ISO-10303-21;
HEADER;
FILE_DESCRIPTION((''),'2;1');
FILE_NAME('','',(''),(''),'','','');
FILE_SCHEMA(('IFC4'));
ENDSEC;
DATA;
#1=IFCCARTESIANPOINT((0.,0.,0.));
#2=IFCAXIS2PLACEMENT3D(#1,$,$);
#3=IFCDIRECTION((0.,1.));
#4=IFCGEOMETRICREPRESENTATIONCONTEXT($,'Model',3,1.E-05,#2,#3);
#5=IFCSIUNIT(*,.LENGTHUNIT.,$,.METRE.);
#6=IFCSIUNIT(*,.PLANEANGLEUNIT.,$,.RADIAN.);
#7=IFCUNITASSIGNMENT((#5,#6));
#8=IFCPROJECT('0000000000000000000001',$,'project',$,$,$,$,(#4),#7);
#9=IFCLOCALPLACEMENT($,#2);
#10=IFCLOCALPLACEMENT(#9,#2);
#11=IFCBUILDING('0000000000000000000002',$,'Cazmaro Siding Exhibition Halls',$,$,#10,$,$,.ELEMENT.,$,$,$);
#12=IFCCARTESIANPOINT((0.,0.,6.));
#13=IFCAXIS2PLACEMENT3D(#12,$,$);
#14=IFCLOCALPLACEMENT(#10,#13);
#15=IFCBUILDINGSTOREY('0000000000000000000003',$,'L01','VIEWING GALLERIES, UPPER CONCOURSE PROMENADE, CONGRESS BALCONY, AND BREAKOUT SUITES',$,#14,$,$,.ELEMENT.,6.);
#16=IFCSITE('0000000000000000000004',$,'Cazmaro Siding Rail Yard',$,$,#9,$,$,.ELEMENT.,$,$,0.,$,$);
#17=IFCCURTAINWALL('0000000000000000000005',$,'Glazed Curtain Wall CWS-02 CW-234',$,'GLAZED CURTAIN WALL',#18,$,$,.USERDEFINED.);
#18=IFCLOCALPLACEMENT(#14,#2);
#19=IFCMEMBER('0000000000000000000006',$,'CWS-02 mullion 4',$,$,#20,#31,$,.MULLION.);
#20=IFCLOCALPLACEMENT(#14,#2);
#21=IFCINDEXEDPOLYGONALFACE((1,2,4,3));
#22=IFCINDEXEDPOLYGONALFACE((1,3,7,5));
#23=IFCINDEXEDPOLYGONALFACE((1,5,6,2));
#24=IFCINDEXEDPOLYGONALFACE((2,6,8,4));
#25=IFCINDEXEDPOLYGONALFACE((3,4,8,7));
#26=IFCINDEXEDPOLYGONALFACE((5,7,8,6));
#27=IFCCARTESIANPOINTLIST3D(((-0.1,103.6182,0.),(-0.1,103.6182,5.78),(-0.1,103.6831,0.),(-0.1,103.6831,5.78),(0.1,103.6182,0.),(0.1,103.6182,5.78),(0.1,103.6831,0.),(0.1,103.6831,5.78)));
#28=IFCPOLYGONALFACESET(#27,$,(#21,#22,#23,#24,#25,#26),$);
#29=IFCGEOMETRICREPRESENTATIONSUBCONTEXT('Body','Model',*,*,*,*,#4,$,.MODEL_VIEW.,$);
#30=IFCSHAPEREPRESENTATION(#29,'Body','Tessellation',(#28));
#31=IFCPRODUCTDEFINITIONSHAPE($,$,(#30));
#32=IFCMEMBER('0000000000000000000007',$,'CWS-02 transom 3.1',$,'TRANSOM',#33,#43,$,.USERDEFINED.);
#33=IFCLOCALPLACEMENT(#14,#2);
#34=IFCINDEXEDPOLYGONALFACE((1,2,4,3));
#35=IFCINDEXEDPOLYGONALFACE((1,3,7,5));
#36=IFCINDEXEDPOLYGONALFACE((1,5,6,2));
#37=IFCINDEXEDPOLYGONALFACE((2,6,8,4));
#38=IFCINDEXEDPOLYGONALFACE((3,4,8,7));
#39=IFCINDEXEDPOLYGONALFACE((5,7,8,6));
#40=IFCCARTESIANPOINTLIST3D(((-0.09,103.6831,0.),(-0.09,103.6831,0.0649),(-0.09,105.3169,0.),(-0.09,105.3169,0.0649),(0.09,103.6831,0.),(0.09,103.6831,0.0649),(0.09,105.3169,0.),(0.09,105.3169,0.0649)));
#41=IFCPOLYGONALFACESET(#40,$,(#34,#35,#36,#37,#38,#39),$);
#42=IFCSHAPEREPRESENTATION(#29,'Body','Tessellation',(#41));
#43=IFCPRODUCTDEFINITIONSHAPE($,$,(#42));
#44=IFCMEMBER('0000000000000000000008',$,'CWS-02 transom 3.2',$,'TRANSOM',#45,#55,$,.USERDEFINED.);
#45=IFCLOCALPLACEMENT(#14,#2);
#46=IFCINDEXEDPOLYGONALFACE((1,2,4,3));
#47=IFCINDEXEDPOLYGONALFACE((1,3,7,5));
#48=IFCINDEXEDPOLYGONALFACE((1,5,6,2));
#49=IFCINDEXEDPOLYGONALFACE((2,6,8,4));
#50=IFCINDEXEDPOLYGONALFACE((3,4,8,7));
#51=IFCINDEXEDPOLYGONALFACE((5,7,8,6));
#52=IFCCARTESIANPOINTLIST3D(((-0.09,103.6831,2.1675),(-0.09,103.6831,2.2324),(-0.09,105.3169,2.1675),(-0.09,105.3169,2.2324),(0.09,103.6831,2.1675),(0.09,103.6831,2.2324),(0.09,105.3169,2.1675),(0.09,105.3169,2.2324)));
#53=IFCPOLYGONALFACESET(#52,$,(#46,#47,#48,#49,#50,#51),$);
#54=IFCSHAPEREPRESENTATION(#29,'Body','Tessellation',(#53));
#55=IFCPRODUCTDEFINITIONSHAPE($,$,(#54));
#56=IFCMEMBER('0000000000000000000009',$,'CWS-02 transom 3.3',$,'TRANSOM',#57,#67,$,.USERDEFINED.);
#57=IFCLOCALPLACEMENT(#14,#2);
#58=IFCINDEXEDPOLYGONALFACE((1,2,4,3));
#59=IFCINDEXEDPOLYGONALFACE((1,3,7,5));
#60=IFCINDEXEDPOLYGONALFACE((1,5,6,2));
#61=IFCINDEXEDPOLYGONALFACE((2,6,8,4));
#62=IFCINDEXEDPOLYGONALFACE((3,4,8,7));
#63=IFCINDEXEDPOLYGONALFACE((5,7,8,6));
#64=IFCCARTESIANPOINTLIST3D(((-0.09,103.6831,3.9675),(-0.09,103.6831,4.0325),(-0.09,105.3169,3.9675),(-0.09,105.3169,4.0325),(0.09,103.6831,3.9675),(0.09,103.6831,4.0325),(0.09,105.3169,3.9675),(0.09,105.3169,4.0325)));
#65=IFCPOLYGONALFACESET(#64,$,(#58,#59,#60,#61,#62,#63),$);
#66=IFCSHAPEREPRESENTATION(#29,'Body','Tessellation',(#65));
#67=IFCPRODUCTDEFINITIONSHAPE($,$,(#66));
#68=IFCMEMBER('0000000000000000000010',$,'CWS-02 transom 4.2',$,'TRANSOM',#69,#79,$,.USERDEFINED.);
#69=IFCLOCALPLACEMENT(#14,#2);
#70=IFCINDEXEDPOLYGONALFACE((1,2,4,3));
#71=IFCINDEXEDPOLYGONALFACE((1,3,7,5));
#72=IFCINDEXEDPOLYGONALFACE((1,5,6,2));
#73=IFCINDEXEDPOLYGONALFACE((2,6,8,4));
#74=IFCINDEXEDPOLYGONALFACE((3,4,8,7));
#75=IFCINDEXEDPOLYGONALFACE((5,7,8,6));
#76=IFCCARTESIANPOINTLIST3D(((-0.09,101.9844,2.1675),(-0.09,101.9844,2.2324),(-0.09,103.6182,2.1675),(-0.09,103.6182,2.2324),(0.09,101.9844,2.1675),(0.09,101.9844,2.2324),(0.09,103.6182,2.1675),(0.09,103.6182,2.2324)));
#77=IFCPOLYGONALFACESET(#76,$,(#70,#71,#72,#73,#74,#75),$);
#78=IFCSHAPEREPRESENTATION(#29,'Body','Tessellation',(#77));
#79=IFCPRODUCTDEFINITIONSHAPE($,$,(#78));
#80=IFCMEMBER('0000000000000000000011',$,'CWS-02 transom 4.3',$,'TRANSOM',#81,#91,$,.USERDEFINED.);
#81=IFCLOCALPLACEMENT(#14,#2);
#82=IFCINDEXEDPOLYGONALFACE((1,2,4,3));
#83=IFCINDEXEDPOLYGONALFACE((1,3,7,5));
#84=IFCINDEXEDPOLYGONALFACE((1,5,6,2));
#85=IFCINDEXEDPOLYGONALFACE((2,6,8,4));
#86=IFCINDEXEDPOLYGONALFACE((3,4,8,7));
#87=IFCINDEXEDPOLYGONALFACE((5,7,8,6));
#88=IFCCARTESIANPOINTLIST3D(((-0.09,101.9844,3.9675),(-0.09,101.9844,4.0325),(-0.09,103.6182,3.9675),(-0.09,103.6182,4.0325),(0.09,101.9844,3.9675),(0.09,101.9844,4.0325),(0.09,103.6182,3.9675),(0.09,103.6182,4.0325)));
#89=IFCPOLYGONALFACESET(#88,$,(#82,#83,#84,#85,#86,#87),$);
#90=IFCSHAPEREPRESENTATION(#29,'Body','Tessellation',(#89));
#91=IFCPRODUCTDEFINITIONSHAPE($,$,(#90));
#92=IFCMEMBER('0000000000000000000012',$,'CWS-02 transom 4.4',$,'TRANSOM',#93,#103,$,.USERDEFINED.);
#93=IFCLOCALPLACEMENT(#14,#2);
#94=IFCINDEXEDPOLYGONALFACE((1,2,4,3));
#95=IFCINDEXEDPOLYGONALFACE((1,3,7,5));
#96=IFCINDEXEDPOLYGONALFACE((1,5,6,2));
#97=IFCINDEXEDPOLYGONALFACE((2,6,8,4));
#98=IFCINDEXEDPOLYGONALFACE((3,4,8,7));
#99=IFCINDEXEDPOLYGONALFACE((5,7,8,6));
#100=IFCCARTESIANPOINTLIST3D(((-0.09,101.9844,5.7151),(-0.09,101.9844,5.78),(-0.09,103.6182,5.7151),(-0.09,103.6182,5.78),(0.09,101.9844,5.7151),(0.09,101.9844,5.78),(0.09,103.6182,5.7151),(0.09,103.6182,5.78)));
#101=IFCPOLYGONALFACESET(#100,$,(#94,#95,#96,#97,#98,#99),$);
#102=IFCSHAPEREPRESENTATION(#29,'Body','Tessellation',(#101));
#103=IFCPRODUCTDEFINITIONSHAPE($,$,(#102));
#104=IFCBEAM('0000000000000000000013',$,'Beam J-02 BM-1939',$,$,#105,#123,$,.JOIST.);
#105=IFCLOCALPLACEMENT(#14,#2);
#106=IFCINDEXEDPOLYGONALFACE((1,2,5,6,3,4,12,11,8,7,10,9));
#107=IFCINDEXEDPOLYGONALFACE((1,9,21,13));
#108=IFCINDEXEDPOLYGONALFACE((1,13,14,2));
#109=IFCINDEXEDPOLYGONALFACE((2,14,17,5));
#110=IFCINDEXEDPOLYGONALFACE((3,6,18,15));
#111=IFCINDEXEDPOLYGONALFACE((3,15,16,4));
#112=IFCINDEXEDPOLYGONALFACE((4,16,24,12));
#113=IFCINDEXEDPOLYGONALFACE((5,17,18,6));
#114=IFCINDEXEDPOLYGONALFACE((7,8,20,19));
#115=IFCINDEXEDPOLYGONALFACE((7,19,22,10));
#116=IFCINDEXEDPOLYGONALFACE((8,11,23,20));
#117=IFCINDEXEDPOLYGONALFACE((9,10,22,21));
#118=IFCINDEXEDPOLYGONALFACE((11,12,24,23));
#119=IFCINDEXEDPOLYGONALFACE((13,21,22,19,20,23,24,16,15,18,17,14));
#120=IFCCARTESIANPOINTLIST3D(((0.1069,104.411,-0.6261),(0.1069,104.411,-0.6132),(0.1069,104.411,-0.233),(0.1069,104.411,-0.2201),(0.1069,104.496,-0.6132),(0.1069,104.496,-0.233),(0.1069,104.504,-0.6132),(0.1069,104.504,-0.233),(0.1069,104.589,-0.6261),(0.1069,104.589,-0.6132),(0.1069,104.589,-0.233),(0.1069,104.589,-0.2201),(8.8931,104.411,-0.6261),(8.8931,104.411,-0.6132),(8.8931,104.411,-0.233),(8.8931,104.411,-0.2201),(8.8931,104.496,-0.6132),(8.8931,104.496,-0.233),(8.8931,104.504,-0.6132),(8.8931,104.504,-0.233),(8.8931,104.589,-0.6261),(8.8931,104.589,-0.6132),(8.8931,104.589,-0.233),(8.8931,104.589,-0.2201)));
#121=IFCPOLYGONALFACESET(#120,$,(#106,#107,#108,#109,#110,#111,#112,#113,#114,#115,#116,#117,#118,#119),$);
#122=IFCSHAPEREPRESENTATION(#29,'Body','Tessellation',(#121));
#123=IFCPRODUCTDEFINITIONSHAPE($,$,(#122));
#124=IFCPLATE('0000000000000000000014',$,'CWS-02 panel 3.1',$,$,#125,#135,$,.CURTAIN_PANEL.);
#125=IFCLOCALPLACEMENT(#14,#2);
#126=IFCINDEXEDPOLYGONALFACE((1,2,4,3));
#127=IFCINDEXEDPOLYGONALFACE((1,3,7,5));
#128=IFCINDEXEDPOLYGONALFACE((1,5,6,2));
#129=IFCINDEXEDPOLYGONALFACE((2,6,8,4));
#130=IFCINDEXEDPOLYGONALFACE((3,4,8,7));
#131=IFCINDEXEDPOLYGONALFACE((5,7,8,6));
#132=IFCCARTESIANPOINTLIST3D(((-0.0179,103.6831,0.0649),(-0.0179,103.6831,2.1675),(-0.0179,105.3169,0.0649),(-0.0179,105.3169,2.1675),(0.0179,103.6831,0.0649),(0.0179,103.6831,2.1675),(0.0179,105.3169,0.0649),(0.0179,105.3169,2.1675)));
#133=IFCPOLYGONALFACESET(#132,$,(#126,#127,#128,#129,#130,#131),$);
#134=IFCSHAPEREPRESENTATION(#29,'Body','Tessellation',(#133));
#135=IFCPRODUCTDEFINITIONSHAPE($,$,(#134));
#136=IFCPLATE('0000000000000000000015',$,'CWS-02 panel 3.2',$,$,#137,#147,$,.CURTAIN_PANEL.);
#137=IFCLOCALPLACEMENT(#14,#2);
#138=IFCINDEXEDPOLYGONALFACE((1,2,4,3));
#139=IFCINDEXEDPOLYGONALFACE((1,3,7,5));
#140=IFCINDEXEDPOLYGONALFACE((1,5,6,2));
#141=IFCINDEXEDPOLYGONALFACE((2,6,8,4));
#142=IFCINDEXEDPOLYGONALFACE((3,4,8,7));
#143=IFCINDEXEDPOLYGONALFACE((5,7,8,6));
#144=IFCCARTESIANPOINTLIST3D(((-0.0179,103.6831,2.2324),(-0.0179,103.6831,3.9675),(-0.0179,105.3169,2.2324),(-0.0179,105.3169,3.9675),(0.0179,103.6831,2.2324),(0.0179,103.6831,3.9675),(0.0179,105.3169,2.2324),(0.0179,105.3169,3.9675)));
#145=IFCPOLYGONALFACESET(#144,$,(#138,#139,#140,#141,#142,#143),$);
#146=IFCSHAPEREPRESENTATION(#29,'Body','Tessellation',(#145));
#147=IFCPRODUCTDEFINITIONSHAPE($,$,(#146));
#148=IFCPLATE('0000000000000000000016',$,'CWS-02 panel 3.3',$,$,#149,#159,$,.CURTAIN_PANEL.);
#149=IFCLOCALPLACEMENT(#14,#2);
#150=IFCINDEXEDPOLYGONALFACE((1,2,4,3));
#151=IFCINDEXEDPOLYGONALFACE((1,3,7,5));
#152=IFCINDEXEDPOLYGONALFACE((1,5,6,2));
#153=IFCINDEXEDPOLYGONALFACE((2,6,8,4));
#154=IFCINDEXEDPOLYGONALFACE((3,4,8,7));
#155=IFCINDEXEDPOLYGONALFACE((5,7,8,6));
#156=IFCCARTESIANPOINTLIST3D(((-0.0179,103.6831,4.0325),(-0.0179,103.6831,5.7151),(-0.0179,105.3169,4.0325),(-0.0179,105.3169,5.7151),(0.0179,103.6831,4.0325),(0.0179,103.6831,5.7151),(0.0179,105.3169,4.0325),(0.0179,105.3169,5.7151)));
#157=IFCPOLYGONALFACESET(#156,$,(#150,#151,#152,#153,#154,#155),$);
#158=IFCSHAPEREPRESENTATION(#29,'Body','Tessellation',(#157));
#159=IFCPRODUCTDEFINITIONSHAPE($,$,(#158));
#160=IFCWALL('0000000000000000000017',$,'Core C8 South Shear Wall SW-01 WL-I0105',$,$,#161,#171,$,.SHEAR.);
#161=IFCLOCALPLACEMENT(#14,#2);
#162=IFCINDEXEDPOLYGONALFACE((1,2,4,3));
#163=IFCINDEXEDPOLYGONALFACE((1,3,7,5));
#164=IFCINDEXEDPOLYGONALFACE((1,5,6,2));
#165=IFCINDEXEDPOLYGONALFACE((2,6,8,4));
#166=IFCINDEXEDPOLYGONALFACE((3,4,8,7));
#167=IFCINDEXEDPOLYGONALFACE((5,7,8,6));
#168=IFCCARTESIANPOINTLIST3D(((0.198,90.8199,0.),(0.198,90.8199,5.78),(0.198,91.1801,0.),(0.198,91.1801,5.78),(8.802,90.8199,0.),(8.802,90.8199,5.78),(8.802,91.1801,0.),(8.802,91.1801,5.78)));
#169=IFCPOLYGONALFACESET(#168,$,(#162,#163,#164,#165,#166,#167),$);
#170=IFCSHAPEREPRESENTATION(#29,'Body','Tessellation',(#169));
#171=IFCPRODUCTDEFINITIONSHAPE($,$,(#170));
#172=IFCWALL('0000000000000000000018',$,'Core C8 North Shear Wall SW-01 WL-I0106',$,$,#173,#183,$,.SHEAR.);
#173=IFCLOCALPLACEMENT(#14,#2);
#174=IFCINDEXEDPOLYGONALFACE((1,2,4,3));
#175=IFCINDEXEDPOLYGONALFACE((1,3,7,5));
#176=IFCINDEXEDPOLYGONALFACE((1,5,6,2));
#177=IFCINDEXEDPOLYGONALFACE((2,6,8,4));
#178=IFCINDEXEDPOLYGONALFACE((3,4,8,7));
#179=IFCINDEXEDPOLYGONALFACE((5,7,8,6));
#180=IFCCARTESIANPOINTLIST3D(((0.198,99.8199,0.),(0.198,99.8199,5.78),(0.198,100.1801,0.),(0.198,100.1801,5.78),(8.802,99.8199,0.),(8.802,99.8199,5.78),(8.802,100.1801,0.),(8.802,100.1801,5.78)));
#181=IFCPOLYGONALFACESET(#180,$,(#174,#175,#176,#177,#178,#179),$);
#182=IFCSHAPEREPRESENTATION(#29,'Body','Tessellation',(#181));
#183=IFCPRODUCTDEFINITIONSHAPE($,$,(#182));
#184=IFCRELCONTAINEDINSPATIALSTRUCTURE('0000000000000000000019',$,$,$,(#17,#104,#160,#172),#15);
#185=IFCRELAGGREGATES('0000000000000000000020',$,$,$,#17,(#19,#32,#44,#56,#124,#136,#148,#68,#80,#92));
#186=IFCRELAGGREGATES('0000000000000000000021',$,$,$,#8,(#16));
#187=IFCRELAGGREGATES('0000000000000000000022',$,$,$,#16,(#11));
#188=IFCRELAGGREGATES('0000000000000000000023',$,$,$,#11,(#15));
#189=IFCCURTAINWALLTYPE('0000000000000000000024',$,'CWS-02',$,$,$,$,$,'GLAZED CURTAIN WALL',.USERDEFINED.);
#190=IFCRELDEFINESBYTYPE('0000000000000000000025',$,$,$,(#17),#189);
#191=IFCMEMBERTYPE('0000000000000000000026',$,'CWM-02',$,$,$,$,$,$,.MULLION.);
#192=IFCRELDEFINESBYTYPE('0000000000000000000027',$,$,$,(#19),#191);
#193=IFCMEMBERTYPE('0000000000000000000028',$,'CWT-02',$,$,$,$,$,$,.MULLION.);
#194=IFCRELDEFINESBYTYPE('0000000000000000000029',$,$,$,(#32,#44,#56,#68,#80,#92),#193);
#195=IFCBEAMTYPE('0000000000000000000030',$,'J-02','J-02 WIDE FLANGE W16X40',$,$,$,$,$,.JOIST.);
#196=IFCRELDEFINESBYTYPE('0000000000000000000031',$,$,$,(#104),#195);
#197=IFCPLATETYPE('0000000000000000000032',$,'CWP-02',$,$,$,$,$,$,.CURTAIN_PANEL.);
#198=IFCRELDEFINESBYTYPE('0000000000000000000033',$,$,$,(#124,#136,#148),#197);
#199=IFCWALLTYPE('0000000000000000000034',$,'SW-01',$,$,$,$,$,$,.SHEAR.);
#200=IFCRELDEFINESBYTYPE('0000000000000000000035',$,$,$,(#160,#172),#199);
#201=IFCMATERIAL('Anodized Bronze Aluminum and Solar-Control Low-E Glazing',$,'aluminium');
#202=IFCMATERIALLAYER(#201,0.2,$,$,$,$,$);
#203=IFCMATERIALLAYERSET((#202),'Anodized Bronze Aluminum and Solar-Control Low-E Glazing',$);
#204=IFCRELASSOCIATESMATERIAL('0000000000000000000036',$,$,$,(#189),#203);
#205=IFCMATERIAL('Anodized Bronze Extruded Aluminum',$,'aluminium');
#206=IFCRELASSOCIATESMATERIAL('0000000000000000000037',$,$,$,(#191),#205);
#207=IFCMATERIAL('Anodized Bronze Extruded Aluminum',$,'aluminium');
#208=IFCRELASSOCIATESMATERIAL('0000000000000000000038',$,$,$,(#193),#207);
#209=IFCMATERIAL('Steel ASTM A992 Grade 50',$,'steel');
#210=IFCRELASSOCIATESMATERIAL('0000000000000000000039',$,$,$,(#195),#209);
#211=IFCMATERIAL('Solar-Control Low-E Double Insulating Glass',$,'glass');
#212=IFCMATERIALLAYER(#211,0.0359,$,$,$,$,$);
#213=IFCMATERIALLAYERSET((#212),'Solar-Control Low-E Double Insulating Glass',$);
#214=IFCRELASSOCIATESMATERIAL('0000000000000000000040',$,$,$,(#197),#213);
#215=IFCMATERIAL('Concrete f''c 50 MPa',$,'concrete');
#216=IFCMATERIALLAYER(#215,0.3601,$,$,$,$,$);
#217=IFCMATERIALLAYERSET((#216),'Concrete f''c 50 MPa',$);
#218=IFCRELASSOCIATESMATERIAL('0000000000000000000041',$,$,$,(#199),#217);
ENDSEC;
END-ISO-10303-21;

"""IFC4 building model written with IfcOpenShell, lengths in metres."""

from ifc_helpers import new_model, si_unit, direction, frame, frame_2d, origin, origin_2d, place, context, subcontext, project, spatial, rectangle, i_section, extrude, material, layer, layer_set, material_profile, profile_set, type_object, element, aggregate, save


model = new_model("IFC4")

# Units and contexts
model_context = context("Model", 3, precision=1e-05, world=origin(), true_north=direction((0.0, 1.0)))
body_context = subcontext(model_context, "Body", "Model", "MODEL_VIEW")
ifc_project = project(units=[si_unit("LENGTHUNIT", "METRE"), si_unit("PLANEANGLEUNIT", "RADIAN")], contexts=[model_context])

# Site, building, storey
site_placement = place(None, origin())
site = spatial("IfcSite", under=ifc_project, at=site_placement, Name="Cazmaro Siding Rail Yard", CompositionType="ELEMENT", RefElevation=0.0)
building_placement = place(site_placement, origin())
building = spatial("IfcBuilding", under=site, at=building_placement, Name="Cazmaro Siding Exhibition Halls", CompositionType="ELEMENT")
storey_placement = place(building_placement, frame((0.0, 0.0, 6.0)))
storey = spatial("IfcBuildingStorey", under=building, at=storey_placement, Name="L01", Description="VIEWING GALLERIES, UPPER CONCOURSE PROMENADE, CONGRESS BALCONY, AND BREAKOUT SUITES", CompositionType="ELEMENT", Elevation=6.0)

# Curtain wall, members
ifc_material_1 = material(Name="Anodized Bronze Aluminum and Solar-Control Low-E Glazing", Category="aluminium")
ifc_layer_1 = layer(ifc_material_1, 0.2)
ifc_layer_set_1 = layer_set([ifc_layer_1], Name="Anodized Bronze Aluminum and Solar-Control Low-E Glazing")
curtain_wall_type = type_object("IfcCurtainWallType", Name="CWS-02", ElementType="GLAZED CURTAIN WALL", PredefinedType="USERDEFINED", material=ifc_layer_set_1)
curtain_wall_placement = place(storey_placement, origin())
curtain_wall = element("IfcCurtainWall", 1, at=curtain_wall_placement, inside=storey, type_object=curtain_wall_type, Name="Glazed Curtain Wall CWS-02 CW-234", ObjectType="GLAZED CURTAIN WALL", PredefinedType="USERDEFINED")
ifc_material_2 = material(Name="Anodized Bronze Extruded Aluminum", Category="aluminium")
ifc_material_profile_1 = material_profile(ifc_material_2, rectangle(XDim=0.2, YDim=0.0649, at=origin_2d()), Name="CWM-02")
ifc_profile_set_1 = profile_set([ifc_material_profile_1], Name="Anodized Bronze Extruded Aluminum")
member_type_1 = type_object("IfcMemberType", Name="CWM-02", PredefinedType="MULLION", material=ifc_profile_set_1)
member_1_placement = place(storey_placement, frame((0.0, 103.6506, 0.0), z_axis=(0.0, 0.0, 1.0), x_axis=(1.0, 0.0, 0.0)))
member_1 = element("IfcMember", 2, at=member_1_placement, type_object=member_type_1, Name="CWS-02 mullion 4", PredefinedType="MULLION", context=body_context, shape_type="SweptSolid", body=[
    extrude(rectangle(XDim=0.2, YDim=0.0649, at=origin_2d()), origin(), (0.0, 0.0, 1.0), 5.78),
])
ifc_material_3 = material(Name="Anodized Bronze Extruded Aluminum", Category="aluminium")
ifc_material_profile_2 = material_profile(ifc_material_3, rectangle(XDim=0.1799, YDim=0.0649, at=origin_2d()), Name="CWT-02")
ifc_profile_set_2 = profile_set([ifc_material_profile_2], Name="Anodized Bronze Extruded Aluminum")
member_type_2 = type_object("IfcMemberType", Name="CWT-02", PredefinedType="MULLION", material=ifc_profile_set_2)
member_2_placement = place(storey_placement, frame((0.0, 105.3169, 0.0325), z_axis=(0.0, -1.0, 0.0), x_axis=(1.0, 0.0, 0.0)))
member_2 = element("IfcMember", 3, at=member_2_placement, type_object=member_type_2, Name="CWS-02 transom 3.1", ObjectType="TRANSOM", PredefinedType="USERDEFINED", context=body_context, shape_type="SweptSolid", body=[
    extrude(rectangle(XDim=0.1799, YDim=0.0649, at=origin_2d()), origin(), (0.0, 0.0, 1.0), 1.6338),
])
member_3_placement = place(storey_placement, frame((0.0, 105.3169, 2.2), z_axis=(0.0, -1.0, 0.0), x_axis=(1.0, 0.0, 0.0)))
member_3 = element("IfcMember", 4, at=member_3_placement, type_object=member_type_2, Name="CWS-02 transom 3.2", ObjectType="TRANSOM", PredefinedType="USERDEFINED", context=body_context, shape_type="SweptSolid", body=[
    extrude(rectangle(XDim=0.1799, YDim=0.0649, at=origin_2d()), origin(), (0.0, 0.0, 1.0), 1.6338),
])
member_4_placement = place(storey_placement, frame((0.0, 105.3169, 4.0), z_axis=(0.0, -1.0, 0.0), x_axis=(1.0, 0.0, 0.0)))
member_4 = element("IfcMember", 5, at=member_4_placement, type_object=member_type_2, Name="CWS-02 transom 3.3", ObjectType="TRANSOM", PredefinedType="USERDEFINED", context=body_context, shape_type="SweptSolid", body=[
    extrude(rectangle(XDim=0.1799, YDim=0.0649, at=origin_2d()), origin(), (0.0, 0.0, 1.0), 1.6338),
])
member_5_placement = place(storey_placement, frame((0.0, 103.6182, 2.2), z_axis=(0.0, -1.0, 0.0), x_axis=(1.0, 0.0, 0.0)))
member_5 = element("IfcMember", 6, at=member_5_placement, type_object=member_type_2, Name="CWS-02 transom 4.2", ObjectType="TRANSOM", PredefinedType="USERDEFINED", context=body_context, shape_type="SweptSolid", body=[
    extrude(rectangle(XDim=0.1799, YDim=0.0649, at=origin_2d()), origin(), (0.0, 0.0, 1.0), 1.6338),
])
member_6_placement = place(storey_placement, frame((0.0, 103.6182, 4.0), z_axis=(0.0, -1.0, 0.0), x_axis=(1.0, 0.0, 0.0)))
member_6 = element("IfcMember", 7, at=member_6_placement, type_object=member_type_2, Name="CWS-02 transom 4.3", ObjectType="TRANSOM", PredefinedType="USERDEFINED", context=body_context, shape_type="SweptSolid", body=[
    extrude(rectangle(XDim=0.1799, YDim=0.0649, at=origin_2d()), origin(), (0.0, 0.0, 1.0), 1.6338),
])
member_7_placement = place(storey_placement, frame((0.0, 103.6182, 5.7476), z_axis=(0.0, -1.0, 0.0), x_axis=(1.0, 0.0, 0.0)))
member_7 = element("IfcMember", 8, at=member_7_placement, type_object=member_type_2, Name="CWS-02 transom 4.4", ObjectType="TRANSOM", PredefinedType="USERDEFINED", context=body_context, shape_type="SweptSolid", body=[
    extrude(rectangle(XDim=0.1799, YDim=0.0649, at=origin_2d()), origin(), (0.0, 0.0, 1.0), 1.6338),
])

# Beam
ifc_material_4 = material(Name="Steel ASTM A992 Grade 50", Category="steel")
ifc_material_profile_3 = material_profile(ifc_material_4, i_section(OverallWidth=0.178, OverallDepth=0.406, WebThickness=0.0081, FlangeThickness=0.0129, at=origin_2d()), Name="W16X40")
ifc_profile_set_3 = profile_set([ifc_material_profile_3], Name="Steel ASTM A992 Grade 50")
beam_type = type_object("IfcBeamType", Name="J-02", Description="J-02 WIDE FLANGE W16X40", PredefinedType="JOIST", material=ifc_profile_set_3)
beam_placement = place(storey_placement, frame((0.1069, 104.5, -0.4231), z_axis=(1.0, 0.0, 0.0), x_axis=(0.0, 1.0, 0.0)))
element("IfcBeam", 9, at=beam_placement, inside=storey, type_object=beam_type, Name="Beam J-02 BM-1939", PredefinedType="JOIST", context=body_context, shape_type="SweptSolid", body=[
    extrude(i_section(OverallWidth=0.178, OverallDepth=0.406, WebThickness=0.0081, FlangeThickness=0.0129, at=origin_2d()), origin(), (0.0, 0.0, 1.0), 8.7861),
])

# Plates
ifc_material_5 = material(Name="Solar-Control Low-E Double Insulating Glass", Category="glass")
ifc_layer_2 = layer(ifc_material_5, 0.0359)
ifc_layer_set_2 = layer_set([ifc_layer_2], Name="Solar-Control Low-E Double Insulating Glass")
plate_type = type_object("IfcPlateType", Name="CWP-02", PredefinedType="CURTAIN_PANEL", material=ifc_layer_set_2)
plate_1_placement = place(storey_placement, frame((0.0, 104.5, 0.0649), z_axis=(0.0, 0.0, 1.0), x_axis=(0.0, -1.0, 0.0)))
plate_1 = element("IfcPlate", 10, at=plate_1_placement, type_object=plate_type, Name="CWS-02 panel 3.1", PredefinedType="CURTAIN_PANEL", context=body_context, shape_type="SweptSolid", body=[
    extrude(rectangle(XDim=1.6338, YDim=0.0359, at=origin_2d()), origin(), (0.0, 0.0, 1.0), 2.1025),
])
plate_2_placement = place(storey_placement, frame((0.0, 104.5, 2.2324), z_axis=(0.0, 0.0, 1.0), x_axis=(0.0, -1.0, 0.0)))
plate_2 = element("IfcPlate", 11, at=plate_2_placement, type_object=plate_type, Name="CWS-02 panel 3.2", PredefinedType="CURTAIN_PANEL", context=body_context, shape_type="SweptSolid", body=[
    extrude(rectangle(XDim=1.6338, YDim=0.0359, at=origin_2d()), origin(), (0.0, 0.0, 1.0), 1.7351),
])
plate_3_placement = place(storey_placement, frame((0.0, 104.5, 4.0325), z_axis=(0.0, 0.0, 1.0), x_axis=(0.0, -1.0, 0.0)))
plate_3 = element("IfcPlate", 12, at=plate_3_placement, type_object=plate_type, Name="CWS-02 panel 3.3", PredefinedType="CURTAIN_PANEL", context=body_context, shape_type="SweptSolid", body=[
    extrude(rectangle(XDim=1.6338, YDim=0.0359, at=origin_2d()), origin(), (0.0, 0.0, 1.0), 1.6826),
])
aggregate(curtain_wall, [member_1, member_2, member_3, member_4, plate_1, plate_2, plate_3, member_5, member_6, member_7])

# Walls
ifc_material_6 = material(Name="Concrete f'c 50 MPa", Category="concrete")
ifc_layer_3 = layer(ifc_material_6, 0.3601)
ifc_layer_set_3 = layer_set([ifc_layer_3], Name="Concrete f'c 50 MPa")
wall_type = type_object("IfcWallType", Name="SW-01", PredefinedType="SHEAR", material=ifc_layer_set_3)
for number, where, z_axis, x_axis, name in (
    (13, (0.198, 91.0, 0.0), (0.0, 0.0, 1.0), (1.0, 0.0, 0.0), "Core C8 South Shear Wall SW-01 WL-I0105"),
    (14, (0.198, 100.0, 0.0), (0.0, 0.0, 1.0), (1.0, 0.0, 0.0), "Core C8 North Shear Wall SW-01 WL-I0106"),
):
    element("IfcWall", number, at=place(storey_placement, frame(where, z_axis=z_axis, x_axis=x_axis)), inside=storey, type_object=wall_type, Name=name, PredefinedType="SHEAR", context=body_context, shape_type="SweptSolid", body=[
        extrude(rectangle(XDim=8.604, YDim=0.3601, at=frame_2d((4.302, 0.0))), origin(), (0.0, 0.0, 1.0), 5.78),
    ])

save(model, "model.ifc")
